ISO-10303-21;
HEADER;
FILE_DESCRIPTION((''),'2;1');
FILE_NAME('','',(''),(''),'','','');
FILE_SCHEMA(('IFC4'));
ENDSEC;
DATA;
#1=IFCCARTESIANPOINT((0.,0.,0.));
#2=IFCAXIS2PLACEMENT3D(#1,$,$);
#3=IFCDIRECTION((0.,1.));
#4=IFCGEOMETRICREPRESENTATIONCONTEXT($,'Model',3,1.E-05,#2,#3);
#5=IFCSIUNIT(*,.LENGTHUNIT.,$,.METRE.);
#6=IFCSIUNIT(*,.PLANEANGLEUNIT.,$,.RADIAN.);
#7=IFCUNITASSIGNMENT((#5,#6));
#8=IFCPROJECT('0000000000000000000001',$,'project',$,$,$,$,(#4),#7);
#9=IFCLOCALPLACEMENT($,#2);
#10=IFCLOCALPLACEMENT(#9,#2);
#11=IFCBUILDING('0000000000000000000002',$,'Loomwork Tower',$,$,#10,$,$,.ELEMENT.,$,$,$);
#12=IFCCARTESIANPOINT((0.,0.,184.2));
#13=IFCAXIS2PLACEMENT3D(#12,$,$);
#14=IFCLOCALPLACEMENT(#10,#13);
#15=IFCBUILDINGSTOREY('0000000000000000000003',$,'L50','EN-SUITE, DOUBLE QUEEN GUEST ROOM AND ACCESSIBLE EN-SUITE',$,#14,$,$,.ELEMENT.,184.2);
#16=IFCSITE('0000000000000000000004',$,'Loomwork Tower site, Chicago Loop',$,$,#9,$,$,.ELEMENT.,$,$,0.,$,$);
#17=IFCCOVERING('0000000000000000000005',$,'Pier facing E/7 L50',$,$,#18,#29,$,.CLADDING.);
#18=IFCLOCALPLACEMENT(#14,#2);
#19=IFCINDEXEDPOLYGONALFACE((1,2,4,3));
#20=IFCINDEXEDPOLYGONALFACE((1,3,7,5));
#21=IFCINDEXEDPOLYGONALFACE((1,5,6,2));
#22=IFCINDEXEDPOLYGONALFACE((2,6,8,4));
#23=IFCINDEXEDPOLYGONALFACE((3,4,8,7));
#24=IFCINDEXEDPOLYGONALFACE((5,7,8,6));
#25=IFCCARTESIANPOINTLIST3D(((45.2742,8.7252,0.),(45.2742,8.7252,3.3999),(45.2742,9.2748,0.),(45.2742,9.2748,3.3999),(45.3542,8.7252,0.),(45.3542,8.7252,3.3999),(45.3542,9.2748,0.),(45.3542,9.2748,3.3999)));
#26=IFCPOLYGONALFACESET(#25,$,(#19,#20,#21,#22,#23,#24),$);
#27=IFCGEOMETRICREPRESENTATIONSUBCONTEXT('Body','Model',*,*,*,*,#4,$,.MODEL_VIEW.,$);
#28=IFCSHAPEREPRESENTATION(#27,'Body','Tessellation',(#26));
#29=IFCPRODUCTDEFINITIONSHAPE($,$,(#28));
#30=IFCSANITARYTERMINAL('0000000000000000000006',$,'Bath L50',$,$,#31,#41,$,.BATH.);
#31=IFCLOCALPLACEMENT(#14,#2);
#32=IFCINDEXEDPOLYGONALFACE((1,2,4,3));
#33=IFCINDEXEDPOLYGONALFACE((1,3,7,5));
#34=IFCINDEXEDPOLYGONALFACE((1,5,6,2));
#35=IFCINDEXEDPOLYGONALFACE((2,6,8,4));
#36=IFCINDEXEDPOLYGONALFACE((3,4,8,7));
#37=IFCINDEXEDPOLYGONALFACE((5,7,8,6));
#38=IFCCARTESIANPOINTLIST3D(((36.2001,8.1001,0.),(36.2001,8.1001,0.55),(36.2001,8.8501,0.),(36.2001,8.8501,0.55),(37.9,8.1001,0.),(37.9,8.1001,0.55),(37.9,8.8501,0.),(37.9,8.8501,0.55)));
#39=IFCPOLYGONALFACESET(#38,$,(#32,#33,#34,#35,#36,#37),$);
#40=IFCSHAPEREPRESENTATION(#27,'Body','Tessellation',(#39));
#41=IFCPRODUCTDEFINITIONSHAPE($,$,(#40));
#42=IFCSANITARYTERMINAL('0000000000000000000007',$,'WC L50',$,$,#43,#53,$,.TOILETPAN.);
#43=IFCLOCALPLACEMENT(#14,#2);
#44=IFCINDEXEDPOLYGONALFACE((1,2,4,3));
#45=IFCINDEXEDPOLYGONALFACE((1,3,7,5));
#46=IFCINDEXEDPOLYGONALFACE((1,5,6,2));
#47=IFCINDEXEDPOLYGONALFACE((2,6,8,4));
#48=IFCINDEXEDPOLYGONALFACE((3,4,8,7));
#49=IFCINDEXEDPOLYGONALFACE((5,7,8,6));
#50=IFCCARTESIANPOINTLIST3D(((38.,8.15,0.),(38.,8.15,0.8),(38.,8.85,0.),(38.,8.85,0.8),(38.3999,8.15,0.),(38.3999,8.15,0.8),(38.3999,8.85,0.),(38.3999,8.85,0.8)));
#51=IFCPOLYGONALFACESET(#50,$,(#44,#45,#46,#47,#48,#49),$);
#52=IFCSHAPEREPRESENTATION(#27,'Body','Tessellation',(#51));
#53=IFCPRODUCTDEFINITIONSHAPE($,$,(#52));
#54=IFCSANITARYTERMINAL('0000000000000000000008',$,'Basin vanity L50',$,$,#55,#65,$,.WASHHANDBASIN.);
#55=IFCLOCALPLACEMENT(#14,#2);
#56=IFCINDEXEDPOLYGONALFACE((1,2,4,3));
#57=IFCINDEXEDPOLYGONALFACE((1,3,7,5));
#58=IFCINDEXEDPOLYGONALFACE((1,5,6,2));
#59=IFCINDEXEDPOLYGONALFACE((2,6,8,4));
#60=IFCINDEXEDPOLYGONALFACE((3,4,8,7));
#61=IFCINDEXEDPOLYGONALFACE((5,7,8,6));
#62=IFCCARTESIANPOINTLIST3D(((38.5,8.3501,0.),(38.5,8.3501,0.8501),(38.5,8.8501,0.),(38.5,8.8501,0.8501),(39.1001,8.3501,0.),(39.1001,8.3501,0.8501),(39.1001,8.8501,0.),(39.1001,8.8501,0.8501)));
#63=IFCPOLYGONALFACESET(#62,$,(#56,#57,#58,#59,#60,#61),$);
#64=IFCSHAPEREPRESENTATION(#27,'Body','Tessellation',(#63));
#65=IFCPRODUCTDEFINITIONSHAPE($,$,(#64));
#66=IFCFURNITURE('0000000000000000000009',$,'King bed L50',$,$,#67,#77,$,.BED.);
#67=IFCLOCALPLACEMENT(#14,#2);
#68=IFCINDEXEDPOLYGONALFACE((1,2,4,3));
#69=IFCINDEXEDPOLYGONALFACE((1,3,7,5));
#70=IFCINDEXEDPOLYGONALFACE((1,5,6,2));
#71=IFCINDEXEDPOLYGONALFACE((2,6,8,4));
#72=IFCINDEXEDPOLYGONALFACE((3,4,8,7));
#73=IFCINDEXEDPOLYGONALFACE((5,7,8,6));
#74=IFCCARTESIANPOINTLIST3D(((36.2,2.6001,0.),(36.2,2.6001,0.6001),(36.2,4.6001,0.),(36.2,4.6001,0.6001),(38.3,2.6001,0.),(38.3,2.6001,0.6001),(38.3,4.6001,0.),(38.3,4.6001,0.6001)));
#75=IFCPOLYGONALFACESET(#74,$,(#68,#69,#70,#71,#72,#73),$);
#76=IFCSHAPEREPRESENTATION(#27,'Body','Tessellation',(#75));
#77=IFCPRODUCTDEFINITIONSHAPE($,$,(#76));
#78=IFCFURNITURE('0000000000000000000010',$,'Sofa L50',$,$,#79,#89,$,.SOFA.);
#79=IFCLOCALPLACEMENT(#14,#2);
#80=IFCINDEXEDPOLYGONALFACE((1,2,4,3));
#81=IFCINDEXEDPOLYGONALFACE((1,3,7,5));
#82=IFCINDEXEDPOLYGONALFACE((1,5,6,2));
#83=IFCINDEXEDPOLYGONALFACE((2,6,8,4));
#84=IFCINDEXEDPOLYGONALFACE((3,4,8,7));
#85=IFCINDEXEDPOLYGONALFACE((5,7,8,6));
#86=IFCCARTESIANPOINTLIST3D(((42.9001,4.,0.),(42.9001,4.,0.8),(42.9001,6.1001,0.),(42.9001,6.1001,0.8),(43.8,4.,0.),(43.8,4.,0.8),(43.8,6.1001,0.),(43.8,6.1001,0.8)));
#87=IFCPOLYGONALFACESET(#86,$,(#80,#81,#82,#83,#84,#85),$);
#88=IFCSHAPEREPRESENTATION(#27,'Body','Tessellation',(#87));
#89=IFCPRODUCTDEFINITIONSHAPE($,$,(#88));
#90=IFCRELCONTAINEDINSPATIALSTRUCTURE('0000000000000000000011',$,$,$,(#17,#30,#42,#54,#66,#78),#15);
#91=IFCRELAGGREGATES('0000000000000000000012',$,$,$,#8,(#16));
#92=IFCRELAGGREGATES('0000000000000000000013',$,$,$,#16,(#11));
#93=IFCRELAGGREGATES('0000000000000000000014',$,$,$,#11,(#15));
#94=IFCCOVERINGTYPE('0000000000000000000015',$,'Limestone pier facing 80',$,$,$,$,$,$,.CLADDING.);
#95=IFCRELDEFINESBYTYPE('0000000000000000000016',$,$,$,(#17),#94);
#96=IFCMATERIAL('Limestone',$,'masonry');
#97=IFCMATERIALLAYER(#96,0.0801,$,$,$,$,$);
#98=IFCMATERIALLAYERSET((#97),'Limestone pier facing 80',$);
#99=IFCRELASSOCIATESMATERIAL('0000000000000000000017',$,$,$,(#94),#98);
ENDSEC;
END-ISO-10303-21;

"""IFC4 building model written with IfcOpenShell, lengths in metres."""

from ifc_helpers import new_model, si_unit, direction, frame, origin, origin_2d, place, context, subcontext, project, spatial, rectangle, extrude, material, layer, layer_set, type_object, element, save


model = new_model("IFC4")

# Units and contexts
model_context = context("Model", 3, precision=1e-05, world=origin(), true_north=direction((0.0, 1.0)))
body_context = subcontext(model_context, "Body", "Model", "MODEL_VIEW")
ifc_project = project(units=[si_unit("LENGTHUNIT", "METRE"), si_unit("PLANEANGLEUNIT", "RADIAN")], contexts=[model_context])

# Site, building, storey
site_placement = place(None, origin())
site = spatial("IfcSite", under=ifc_project, at=site_placement, Name="Loomwork Tower site, Chicago Loop", CompositionType="ELEMENT", RefElevation=0.0)
building_placement = place(site_placement, origin())
building = spatial("IfcBuilding", under=site, at=building_placement, Name="Loomwork Tower", CompositionType="ELEMENT")
storey_placement = place(building_placement, frame((0.0, 0.0, 184.2)))
storey = spatial("IfcBuildingStorey", under=building, at=storey_placement, Name="L50", Description="EN-SUITE, DOUBLE QUEEN GUEST ROOM AND ACCESSIBLE EN-SUITE", CompositionType="ELEMENT", Elevation=184.2)

# Covering
ifc_material_1 = material(Name="Limestone", Category="masonry")
ifc_layer_1 = layer(ifc_material_1, 0.0801)
ifc_layer_set_1 = layer_set([ifc_layer_1], Name="Limestone pier facing 80")
covering_type = type_object("IfcCoveringType", Name="Limestone pier facing 80", PredefinedType="CLADDING", material=ifc_layer_set_1)
covering_placement = place(storey_placement, frame((45.3142, 9.0, 0.0), z_axis=(0.0, 0.0, 1.0), x_axis=(1.0, 0.0, 0.0)))
element("IfcCovering", 1, at=covering_placement, inside=storey, type_object=covering_type, Name="Pier facing E/7 L50", PredefinedType="CLADDING", context=body_context, shape_type="SweptSolid", body=[
    extrude(rectangle(XDim=0.0801, YDim=0.5496, at=origin_2d()), origin(), (0.0, 0.0, 1.0), 3.3999),
])

# Sanitary terminals
sanitary_terminal_1_placement = place(storey_placement, frame((37.05, 8.4751, 0.0), z_axis=(0.0, 0.0, 1.0), x_axis=(1.0, 0.0, 0.0)))
element("IfcSanitaryTerminal", 2, at=sanitary_terminal_1_placement, inside=storey, Name="Bath L50", PredefinedType="BATH", context=body_context, shape_type="SweptSolid", body=[
    extrude(rectangle(XDim=1.7, YDim=0.75, at=origin_2d()), origin(), (0.0, 0.0, 1.0), 0.55),
])
sanitary_terminal_2_placement = place(storey_placement, frame((38.2, 8.5, 0.0), z_axis=(0.0, 0.0, 1.0), x_axis=(1.0, 0.0, 0.0)))
element("IfcSanitaryTerminal", 3, at=sanitary_terminal_2_placement, inside=storey, Name="WC L50", PredefinedType="TOILETPAN", context=body_context, shape_type="SweptSolid", body=[
    extrude(rectangle(XDim=0.3999, YDim=0.7, at=origin_2d()), origin(), (0.0, 0.0, 1.0), 0.8),
])
sanitary_terminal_3_placement = place(storey_placement, frame((38.8, 8.6001, 0.0), z_axis=(0.0, 0.0, 1.0), x_axis=(1.0, 0.0, 0.0)))
element("IfcSanitaryTerminal", 4, at=sanitary_terminal_3_placement, inside=storey, Name="Basin vanity L50", PredefinedType="WASHHANDBASIN", context=body_context, shape_type="SweptSolid", body=[
    extrude(rectangle(XDim=0.6001, YDim=0.5, at=origin_2d()), origin(), (0.0, 0.0, 1.0), 0.8501),
])

# Furniture
furniture_1_placement = place(storey_placement, frame((37.25, 3.6001, 0.0), z_axis=(0.0, 0.0, 1.0), x_axis=(1.0, 0.0, 0.0)))
element("IfcFurniture", 5, at=furniture_1_placement, inside=storey, Name="King bed L50", PredefinedType="BED", context=body_context, shape_type="SweptSolid", body=[
    extrude(rectangle(XDim=2.1001, YDim=2.0, at=origin_2d()), origin(), (0.0, 0.0, 1.0), 0.6001),
])
furniture_2_placement = place(storey_placement, frame((43.3501, 5.05, 0.0), z_axis=(0.0, 0.0, 1.0), x_axis=(1.0, 0.0, 0.0)))
element("IfcFurniture", 6, at=furniture_2_placement, inside=storey, Name="Sofa L50", PredefinedType="SOFA", context=body_context, shape_type="SweptSolid", body=[
    extrude(rectangle(XDim=0.8999, YDim=2.1001, at=origin_2d()), origin(), (0.0, 0.0, 1.0), 0.8),
])

save(model, "model.ifc")
